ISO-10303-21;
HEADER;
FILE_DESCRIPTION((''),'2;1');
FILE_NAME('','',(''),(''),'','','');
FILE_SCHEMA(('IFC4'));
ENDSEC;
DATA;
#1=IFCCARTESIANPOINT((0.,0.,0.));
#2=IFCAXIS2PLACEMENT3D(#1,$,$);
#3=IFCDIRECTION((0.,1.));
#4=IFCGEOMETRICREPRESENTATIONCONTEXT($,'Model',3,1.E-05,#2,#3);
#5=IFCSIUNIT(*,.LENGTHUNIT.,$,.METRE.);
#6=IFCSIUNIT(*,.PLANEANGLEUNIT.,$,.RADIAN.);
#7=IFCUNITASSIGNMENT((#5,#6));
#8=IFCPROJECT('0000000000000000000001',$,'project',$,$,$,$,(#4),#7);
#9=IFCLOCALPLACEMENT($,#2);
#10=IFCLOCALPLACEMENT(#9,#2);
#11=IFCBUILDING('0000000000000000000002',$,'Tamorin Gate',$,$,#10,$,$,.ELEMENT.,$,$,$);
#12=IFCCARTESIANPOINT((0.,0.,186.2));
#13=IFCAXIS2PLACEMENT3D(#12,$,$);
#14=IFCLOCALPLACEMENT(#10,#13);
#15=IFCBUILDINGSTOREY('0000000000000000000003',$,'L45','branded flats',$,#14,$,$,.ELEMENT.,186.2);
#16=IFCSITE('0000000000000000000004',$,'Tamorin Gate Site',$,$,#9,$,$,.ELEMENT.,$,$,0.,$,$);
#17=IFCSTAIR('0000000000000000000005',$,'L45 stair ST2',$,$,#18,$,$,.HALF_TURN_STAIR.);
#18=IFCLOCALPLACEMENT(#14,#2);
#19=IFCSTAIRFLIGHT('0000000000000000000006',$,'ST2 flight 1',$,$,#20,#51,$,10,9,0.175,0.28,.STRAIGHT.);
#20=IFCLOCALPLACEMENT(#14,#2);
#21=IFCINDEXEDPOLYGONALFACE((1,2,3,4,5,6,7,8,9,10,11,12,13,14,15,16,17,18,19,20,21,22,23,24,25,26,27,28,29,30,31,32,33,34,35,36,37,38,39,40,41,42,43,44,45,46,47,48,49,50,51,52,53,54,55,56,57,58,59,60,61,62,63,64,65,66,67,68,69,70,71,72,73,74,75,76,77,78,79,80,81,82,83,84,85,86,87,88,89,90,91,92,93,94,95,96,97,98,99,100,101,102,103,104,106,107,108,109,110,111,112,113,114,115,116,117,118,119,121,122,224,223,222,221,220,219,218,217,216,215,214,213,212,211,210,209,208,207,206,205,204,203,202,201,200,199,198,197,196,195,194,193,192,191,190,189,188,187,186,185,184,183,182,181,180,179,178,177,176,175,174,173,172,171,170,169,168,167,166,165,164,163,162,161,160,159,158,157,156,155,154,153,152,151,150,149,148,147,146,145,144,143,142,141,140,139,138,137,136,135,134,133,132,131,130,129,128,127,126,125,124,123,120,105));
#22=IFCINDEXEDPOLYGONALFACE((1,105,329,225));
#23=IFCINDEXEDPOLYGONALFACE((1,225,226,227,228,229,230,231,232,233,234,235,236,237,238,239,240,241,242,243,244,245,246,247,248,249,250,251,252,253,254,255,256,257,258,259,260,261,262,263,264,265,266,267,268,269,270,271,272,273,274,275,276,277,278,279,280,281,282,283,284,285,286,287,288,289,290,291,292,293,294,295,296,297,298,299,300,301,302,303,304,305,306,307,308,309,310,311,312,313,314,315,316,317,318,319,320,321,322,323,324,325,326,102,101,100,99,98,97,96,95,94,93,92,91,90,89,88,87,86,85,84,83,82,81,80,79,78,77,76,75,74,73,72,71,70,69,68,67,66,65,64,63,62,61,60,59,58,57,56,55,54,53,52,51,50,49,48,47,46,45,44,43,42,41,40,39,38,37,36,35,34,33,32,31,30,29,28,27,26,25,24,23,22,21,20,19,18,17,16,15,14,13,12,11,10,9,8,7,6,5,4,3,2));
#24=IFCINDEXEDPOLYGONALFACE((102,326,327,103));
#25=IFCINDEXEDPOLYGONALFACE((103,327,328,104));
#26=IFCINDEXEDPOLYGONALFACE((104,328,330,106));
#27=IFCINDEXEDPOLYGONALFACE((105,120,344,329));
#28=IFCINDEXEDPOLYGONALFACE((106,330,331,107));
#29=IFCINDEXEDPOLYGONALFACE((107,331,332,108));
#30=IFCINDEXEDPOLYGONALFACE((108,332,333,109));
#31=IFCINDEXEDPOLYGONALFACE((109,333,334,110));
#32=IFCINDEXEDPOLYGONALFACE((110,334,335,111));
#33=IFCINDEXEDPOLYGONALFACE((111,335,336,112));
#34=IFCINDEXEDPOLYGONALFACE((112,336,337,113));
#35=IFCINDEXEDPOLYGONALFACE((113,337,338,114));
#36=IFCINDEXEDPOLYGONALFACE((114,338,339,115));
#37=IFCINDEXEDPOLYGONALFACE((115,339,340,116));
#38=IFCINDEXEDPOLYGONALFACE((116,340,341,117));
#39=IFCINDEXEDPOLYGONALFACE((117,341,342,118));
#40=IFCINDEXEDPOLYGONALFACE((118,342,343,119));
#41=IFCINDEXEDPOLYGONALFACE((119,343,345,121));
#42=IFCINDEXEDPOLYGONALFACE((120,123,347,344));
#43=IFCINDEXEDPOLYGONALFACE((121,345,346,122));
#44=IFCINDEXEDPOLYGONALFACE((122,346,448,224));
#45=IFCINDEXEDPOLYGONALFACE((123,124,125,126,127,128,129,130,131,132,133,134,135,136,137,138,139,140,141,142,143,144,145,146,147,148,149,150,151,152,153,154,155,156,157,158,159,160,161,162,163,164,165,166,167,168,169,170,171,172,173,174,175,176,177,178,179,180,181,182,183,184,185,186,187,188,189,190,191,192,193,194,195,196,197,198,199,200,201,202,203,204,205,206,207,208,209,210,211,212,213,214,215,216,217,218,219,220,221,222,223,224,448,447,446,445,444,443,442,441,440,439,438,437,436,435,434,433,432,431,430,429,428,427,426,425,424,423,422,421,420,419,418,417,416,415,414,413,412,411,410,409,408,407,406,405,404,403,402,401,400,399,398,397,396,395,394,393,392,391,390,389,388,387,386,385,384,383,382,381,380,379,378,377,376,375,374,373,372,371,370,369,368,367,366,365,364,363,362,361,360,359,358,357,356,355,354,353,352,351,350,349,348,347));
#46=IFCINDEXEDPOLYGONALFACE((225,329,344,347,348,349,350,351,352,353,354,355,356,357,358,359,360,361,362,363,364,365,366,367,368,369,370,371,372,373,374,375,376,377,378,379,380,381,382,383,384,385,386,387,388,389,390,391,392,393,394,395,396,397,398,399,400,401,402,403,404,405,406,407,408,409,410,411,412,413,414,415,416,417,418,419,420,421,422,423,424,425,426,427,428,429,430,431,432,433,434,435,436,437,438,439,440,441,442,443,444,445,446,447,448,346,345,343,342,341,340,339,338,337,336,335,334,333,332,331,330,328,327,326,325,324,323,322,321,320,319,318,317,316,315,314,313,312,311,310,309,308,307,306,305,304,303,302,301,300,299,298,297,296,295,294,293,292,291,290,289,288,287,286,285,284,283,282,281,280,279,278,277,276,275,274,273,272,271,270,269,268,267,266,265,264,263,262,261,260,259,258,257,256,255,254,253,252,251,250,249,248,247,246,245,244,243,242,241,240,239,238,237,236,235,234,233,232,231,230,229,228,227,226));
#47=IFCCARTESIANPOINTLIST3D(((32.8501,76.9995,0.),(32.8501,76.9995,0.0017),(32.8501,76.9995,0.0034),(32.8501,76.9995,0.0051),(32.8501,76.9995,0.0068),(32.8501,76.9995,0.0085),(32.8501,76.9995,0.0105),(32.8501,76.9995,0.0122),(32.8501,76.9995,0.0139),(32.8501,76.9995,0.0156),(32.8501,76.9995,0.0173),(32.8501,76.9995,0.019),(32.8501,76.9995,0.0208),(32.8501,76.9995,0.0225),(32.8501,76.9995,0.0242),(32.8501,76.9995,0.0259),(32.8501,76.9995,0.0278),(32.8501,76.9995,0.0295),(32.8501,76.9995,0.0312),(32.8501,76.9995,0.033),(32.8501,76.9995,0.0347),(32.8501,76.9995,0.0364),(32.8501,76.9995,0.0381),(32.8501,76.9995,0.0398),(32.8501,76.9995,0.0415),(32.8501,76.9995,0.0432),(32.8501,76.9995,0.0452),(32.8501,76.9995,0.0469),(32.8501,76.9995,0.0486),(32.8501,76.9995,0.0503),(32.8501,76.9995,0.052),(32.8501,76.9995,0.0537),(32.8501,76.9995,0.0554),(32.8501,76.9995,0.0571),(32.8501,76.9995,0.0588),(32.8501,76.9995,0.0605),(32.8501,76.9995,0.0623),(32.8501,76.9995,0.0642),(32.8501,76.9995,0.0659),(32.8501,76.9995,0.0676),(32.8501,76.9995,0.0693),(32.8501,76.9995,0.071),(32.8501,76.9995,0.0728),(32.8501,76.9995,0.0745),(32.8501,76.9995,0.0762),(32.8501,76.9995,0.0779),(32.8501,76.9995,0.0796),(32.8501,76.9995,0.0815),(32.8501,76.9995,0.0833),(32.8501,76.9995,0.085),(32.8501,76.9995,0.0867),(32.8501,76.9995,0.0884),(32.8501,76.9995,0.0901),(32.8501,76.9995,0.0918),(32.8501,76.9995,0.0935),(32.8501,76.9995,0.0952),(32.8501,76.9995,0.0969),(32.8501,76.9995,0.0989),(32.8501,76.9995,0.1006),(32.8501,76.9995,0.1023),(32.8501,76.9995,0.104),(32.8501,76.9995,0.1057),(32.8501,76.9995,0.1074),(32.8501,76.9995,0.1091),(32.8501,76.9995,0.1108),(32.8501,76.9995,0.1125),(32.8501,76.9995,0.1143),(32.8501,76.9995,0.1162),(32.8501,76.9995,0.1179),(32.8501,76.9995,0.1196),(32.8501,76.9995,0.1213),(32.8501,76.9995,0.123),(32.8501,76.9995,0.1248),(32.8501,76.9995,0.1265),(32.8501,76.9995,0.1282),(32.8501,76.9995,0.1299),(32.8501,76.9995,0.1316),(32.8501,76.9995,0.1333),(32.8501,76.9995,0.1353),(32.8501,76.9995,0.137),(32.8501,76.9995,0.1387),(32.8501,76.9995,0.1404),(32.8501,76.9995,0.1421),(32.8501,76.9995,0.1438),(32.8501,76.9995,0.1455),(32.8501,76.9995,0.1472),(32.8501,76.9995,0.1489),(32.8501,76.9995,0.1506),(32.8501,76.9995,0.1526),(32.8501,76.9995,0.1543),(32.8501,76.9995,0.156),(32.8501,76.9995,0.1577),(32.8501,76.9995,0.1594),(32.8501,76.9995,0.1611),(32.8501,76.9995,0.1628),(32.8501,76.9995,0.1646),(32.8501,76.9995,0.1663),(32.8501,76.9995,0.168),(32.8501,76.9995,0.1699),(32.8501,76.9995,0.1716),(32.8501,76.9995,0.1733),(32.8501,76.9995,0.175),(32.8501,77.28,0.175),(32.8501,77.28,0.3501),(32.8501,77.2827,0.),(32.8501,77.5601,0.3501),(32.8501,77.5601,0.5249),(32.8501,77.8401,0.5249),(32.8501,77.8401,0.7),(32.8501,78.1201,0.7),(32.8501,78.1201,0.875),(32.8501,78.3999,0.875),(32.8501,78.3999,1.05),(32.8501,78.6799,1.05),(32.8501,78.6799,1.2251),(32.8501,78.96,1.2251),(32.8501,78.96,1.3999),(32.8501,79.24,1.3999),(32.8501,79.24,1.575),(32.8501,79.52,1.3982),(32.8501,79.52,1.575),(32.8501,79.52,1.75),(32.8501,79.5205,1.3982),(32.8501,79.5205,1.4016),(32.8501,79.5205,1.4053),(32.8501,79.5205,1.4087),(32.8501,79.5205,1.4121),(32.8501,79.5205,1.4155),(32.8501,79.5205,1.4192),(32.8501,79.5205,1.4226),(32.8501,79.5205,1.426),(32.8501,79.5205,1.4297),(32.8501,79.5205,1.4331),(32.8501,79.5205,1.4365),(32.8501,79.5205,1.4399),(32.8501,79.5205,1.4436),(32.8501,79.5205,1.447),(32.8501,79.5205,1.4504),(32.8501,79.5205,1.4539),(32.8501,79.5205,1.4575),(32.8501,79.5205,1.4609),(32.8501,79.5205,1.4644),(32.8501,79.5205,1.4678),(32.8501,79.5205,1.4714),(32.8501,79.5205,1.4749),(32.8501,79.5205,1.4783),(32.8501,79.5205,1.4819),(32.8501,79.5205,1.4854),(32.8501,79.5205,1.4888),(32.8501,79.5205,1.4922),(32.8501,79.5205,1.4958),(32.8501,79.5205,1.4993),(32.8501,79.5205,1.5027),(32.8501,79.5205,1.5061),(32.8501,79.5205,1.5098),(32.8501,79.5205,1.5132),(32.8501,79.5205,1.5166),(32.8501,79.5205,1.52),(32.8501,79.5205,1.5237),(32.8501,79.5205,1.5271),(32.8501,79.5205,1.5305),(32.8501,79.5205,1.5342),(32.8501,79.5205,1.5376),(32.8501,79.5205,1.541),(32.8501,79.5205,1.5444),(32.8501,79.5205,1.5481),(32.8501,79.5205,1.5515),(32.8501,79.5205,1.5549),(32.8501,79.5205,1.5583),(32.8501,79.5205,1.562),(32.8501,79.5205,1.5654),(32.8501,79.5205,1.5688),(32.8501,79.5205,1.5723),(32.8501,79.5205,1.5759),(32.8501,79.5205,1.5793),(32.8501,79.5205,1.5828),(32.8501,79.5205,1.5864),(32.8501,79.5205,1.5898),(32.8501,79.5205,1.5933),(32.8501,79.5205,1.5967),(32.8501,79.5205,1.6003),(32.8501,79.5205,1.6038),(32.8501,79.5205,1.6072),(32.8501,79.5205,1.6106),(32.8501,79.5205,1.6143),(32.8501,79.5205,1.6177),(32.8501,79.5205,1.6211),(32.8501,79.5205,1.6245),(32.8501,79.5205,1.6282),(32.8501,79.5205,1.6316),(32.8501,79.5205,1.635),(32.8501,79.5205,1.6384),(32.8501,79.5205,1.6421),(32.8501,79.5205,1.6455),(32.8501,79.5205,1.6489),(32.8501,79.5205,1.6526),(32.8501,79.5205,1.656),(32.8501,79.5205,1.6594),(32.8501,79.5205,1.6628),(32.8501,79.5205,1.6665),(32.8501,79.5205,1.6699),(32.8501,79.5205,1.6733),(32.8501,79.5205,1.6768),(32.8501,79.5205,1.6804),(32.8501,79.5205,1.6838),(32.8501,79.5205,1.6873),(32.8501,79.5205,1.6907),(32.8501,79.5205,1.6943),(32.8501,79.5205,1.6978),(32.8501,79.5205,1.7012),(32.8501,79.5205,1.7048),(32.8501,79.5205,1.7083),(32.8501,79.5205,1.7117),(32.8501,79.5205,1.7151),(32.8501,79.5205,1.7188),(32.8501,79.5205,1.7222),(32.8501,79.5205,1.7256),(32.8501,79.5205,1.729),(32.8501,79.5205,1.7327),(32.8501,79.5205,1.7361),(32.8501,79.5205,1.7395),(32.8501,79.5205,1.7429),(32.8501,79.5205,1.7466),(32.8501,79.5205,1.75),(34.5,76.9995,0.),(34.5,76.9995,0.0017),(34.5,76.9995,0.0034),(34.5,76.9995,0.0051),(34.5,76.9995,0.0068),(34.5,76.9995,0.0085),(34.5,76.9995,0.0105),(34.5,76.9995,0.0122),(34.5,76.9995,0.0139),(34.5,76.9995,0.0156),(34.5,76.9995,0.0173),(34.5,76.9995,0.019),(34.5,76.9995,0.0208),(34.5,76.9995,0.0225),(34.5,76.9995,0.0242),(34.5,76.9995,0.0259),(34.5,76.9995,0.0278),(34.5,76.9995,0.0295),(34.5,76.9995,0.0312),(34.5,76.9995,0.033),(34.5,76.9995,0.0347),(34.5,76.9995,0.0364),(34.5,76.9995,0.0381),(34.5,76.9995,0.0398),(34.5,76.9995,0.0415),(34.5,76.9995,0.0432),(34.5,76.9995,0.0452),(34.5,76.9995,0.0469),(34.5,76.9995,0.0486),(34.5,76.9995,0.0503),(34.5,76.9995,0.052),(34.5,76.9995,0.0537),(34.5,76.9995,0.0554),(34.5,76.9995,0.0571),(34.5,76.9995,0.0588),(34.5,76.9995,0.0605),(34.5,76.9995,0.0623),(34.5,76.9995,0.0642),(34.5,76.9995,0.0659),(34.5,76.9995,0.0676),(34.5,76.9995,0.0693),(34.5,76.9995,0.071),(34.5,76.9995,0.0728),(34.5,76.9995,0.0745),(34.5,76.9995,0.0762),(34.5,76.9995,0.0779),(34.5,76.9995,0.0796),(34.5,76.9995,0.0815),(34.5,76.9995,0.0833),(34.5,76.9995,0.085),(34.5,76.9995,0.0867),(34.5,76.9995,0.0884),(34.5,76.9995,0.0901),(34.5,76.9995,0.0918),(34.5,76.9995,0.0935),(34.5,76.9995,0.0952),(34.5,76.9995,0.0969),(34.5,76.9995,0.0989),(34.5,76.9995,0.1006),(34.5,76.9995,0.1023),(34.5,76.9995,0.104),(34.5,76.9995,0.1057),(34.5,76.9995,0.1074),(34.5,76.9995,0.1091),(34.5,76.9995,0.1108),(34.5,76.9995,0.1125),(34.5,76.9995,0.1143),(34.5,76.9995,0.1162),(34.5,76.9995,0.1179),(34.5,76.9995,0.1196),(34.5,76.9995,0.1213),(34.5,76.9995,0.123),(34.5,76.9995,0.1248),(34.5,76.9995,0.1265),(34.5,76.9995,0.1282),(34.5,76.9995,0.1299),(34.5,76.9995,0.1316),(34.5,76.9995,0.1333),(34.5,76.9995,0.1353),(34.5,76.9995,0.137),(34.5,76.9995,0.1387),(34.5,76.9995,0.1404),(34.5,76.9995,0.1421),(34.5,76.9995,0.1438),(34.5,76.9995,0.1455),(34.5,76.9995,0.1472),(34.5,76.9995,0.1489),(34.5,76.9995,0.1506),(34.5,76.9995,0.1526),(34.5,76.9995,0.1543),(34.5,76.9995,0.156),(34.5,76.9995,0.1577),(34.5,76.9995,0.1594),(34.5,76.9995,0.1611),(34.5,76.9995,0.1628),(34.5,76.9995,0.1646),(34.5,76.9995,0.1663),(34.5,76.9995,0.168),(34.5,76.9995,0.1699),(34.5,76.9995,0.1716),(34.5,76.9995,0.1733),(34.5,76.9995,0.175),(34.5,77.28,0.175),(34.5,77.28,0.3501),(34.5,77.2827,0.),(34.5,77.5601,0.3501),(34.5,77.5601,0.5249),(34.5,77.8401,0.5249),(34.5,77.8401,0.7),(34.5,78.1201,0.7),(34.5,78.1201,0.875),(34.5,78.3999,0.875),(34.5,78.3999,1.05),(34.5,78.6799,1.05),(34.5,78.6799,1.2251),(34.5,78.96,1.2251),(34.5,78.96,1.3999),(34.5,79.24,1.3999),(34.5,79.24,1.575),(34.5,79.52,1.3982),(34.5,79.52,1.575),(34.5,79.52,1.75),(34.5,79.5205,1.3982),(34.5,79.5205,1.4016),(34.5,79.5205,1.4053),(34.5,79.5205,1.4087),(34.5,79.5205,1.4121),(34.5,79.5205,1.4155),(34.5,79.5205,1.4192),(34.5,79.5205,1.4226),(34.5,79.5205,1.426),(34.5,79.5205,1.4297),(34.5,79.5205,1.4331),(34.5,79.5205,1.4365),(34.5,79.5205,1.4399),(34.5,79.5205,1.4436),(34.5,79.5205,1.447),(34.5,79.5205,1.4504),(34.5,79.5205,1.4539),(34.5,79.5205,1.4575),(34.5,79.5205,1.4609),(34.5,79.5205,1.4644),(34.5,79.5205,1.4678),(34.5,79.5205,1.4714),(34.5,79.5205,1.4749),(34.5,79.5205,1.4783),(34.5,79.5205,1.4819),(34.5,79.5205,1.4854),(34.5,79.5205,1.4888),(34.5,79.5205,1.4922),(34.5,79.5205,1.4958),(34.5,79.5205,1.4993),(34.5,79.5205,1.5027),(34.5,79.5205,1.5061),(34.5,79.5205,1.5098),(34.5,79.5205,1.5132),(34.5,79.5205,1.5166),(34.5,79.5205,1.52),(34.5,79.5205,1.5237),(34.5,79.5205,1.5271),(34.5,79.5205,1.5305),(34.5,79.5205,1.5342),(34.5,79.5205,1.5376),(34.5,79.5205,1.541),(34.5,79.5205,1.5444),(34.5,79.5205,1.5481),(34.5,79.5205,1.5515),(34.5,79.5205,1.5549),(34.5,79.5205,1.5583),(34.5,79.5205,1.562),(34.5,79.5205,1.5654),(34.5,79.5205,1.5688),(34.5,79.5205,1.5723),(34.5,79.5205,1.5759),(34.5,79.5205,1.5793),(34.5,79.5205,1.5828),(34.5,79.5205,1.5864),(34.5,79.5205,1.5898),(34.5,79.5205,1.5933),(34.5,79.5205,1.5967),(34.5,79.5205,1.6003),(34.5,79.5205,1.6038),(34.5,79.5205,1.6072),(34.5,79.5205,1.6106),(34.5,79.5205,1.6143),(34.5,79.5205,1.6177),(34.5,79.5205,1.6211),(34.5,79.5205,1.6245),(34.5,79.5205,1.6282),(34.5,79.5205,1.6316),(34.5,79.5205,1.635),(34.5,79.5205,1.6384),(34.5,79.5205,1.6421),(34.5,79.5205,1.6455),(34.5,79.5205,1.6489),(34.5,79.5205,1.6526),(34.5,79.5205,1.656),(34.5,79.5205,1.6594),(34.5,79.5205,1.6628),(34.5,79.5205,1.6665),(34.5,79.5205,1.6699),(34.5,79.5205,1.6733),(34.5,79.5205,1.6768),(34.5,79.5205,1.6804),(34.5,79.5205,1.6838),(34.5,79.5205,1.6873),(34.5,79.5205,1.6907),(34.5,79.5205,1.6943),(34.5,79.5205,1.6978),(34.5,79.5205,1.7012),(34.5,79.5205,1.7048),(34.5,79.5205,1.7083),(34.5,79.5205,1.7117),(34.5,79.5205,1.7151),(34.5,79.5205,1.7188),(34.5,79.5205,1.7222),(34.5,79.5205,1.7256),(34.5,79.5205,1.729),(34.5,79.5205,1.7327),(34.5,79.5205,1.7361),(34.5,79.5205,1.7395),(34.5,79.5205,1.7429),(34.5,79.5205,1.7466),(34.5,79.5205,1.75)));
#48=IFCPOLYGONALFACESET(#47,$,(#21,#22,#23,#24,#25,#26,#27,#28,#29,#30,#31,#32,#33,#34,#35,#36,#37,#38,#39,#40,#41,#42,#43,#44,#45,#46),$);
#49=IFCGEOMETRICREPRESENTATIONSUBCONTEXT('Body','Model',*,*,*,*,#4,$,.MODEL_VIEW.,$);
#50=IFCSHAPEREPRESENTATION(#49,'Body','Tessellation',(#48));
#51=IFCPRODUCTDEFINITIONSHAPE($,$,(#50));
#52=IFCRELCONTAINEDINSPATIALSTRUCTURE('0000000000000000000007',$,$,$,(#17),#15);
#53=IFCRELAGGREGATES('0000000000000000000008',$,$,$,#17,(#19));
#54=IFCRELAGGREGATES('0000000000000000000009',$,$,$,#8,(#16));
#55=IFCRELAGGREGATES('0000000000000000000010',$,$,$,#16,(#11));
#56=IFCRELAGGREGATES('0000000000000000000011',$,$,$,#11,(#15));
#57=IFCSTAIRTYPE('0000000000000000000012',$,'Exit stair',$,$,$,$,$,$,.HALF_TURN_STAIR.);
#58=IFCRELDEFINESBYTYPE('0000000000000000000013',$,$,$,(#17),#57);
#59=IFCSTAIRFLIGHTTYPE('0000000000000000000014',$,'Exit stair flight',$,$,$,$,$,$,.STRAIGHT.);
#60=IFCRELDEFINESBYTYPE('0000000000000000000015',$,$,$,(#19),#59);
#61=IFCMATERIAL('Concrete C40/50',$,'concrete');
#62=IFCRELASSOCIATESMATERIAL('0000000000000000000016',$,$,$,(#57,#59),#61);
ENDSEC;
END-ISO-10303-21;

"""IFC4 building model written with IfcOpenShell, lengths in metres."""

from ifc_helpers import new_model, si_unit, direction, frame, origin, place, context, subcontext, project, spatial, polyline, outline, extrude, material, type_object, element, aggregate, save


model = new_model("IFC4")

# Units and contexts
model_context = context("Model", 3, precision=1e-05, world=origin(), true_north=direction((0.0, 1.0)))
body_context = subcontext(model_context, "Body", "Model", "MODEL_VIEW")
ifc_project = project(units=[si_unit("LENGTHUNIT", "METRE"), si_unit("PLANEANGLEUNIT", "RADIAN")], contexts=[model_context])

# Site, building, storey
site_placement = place(None, origin())
site = spatial("IfcSite", under=ifc_project, at=site_placement, Name="Tamorin Gate Site", CompositionType="ELEMENT", RefElevation=0.0)
building_placement = place(site_placement, origin())
building = spatial("IfcBuilding", under=site, at=building_placement, Name="Tamorin Gate", CompositionType="ELEMENT")
storey_placement = place(building_placement, frame((0.0, 0.0, 186.2)))
storey = spatial("IfcBuildingStorey", under=building, at=storey_placement, Name="L45", Description="branded flats", CompositionType="ELEMENT", Elevation=186.2)

# Shared definitions
ifc_material_1 = material(Name="Concrete C40/50", Category="concrete")

# Shared definitions
stair_type = type_object("IfcStairType", Name="Exit stair", PredefinedType="HALF_TURN_STAIR", material=ifc_material_1)
stair_flight_type = type_object("IfcStairFlightType", Name="Exit stair flight", PredefinedType="STRAIGHT", material=ifc_material_1)

# Stair, stair flight
stair_1_placement = place(storey_placement, origin())
stair_1 = element("IfcStair", 1, at=stair_1_placement, inside=storey, type_object=stair_type, Name="L45 stair ST2", PredefinedType="HALF_TURN_STAIR")
stair_flight_1_placement = place(storey_placement, frame((33.675, 77.0, 0.0), z_axis=(0.0, 0.0, 1.0), x_axis=(0.0, 1.0, 0.0)))
stair_flight_1 = element("IfcStairFlight", 2, at=stair_flight_1_placement, type_object=stair_flight_type, Name="ST2 flight 1", NumberOfRisers=10, NumberOfTreads=9, PredefinedType="STRAIGHT", RiserHeight=0.175, TreadLength=0.28, context=body_context, shape_type="SweptSolid", body=[
    extrude(outline(polyline([(-0.0005, 0.0), (-0.0005, 0.0017), (-0.0005, 0.0034), (-0.0005, 0.0051), (-0.0005, 0.0068), (-0.0005, 0.0085), (-0.0005, 0.0105), (-0.0005, 0.0122), (-0.0005, 0.0139), (-0.0005, 0.0156), (-0.0005, 0.0173), (-0.0005, 0.019), (-0.0005, 0.0208), (-0.0005, 0.0225), (-0.0005, 0.0242), (-0.0005, 0.0259), (-0.0005, 0.0278), (-0.0005, 0.0295), (-0.0005, 0.0312), (-0.0005, 0.033), (-0.0005, 0.0347), (-0.0005, 0.0364), (-0.0005, 0.0381), (-0.0005, 0.0398), (-0.0005, 0.0415), (-0.0005, 0.0432), (-0.0005, 0.0452), (-0.0005, 0.0469), (-0.0005, 0.0486), (-0.0005, 0.0503), (-0.0005, 0.052), (-0.0005, 0.0537), (-0.0005, 0.0554), (-0.0005, 0.0571), (-0.0005, 0.0588), (-0.0005, 0.0605), (-0.0005, 0.0623), (-0.0005, 0.0642), (-0.0005, 0.0659), (-0.0005, 0.0676), (-0.0005, 0.0693), (-0.0005, 0.071), (-0.0005, 0.0728), (-0.0005, 0.0745), (-0.0005, 0.0762), (-0.0005, 0.0779), (-0.0005, 0.0796), (-0.0005, 0.0815), (-0.0005, 0.0833), (-0.0005, 0.085), (-0.0005, 0.0867), (-0.0005, 0.0884), (-0.0005, 0.0901), (-0.0005, 0.0918), (-0.0005, 0.0935), (-0.0005, 0.0952), (-0.0005, 0.0969), (-0.0005, 0.0989), (-0.0005, 0.1006), (-0.0005, 0.1023), (-0.0005, 0.104), (-0.0005, 0.1057), (-0.0005, 0.1074), (-0.0005, 0.1091), (-0.0005, 0.1108), (-0.0005, 0.1125), (-0.0005, 0.1143), (-0.0005, 0.1162), (-0.0005, 0.1179), (-0.0005, 0.1196), (-0.0005, 0.1213), (-0.0005, 0.123), (-0.0005, 0.1248), (-0.0005, 0.1265), (-0.0005, 0.1282), (-0.0005, 0.1299), (-0.0005, 0.1316), (-0.0005, 0.1333), (-0.0005, 0.1353), (-0.0005, 0.137), (-0.0005, 0.1387), (-0.0005, 0.1404), (-0.0005, 0.1421), (-0.0005, 0.1438), (-0.0005, 0.1455), (-0.0005, 0.1472), (-0.0005, 0.1489), (-0.0005, 0.1506), (-0.0005, 0.1526), (-0.0005, 0.1543), (-0.0005, 0.156), (-0.0005, 0.1577), (-0.0005, 0.1594), (-0.0005, 0.1611), (-0.0005, 0.1628), (-0.0005, 0.1646), (-0.0005, 0.1663), (-0.0005, 0.168), (-0.0005, 0.1699), (-0.0005, 0.1716), (-0.0005, 0.1733), (-0.0005, 0.175), (0.28, 0.175), (0.28, 0.3501), (0.5601, 0.3501), (0.5601, 0.5249), (0.8401, 0.5249), (0.8401, 0.7), (1.1201, 0.7), (1.1201, 0.875), (1.3999, 0.875), (1.3999, 1.05), (1.6799, 1.05), (1.6799, 1.2251), (1.96, 1.2251), (1.96, 1.3999), (2.24, 1.3999), (2.24, 1.575), (2.52, 1.575), (2.52, 1.75), (2.5205, 1.75), (2.5205, 1.7466), (2.5205, 1.7429), (2.5205, 1.7395), (2.5205, 1.7361), (2.5205, 1.7327), (2.5205, 1.729), (2.5205, 1.7256), (2.5205, 1.7222), (2.5205, 1.7188), (2.5205, 1.7151), (2.5205, 1.7117), (2.5205, 1.7083), (2.5205, 1.7048), (2.5205, 1.7012), (2.5205, 1.6978), (2.5205, 1.6943), (2.5205, 1.6907), (2.5205, 1.6873), (2.5205, 1.6838), (2.5205, 1.6804), (2.5205, 1.6768), (2.5205, 1.6733), (2.5205, 1.6699), (2.5205, 1.6665), (2.5205, 1.6628), (2.5205, 1.6594), (2.5205, 1.656), (2.5205, 1.6526), (2.5205, 1.6489), (2.5205, 1.6455), (2.5205, 1.6421), (2.5205, 1.6384), (2.5205, 1.635), (2.5205, 1.6316), (2.5205, 1.6282), (2.5205, 1.6245), (2.5205, 1.6211), (2.5205, 1.6177), (2.5205, 1.6143), (2.5205, 1.6106), (2.5205, 1.6072), (2.5205, 1.6038), (2.5205, 1.6003), (2.5205, 1.5967), (2.5205, 1.5933), (2.5205, 1.5898), (2.5205, 1.5864), (2.5205, 1.5828), (2.5205, 1.5793), (2.5205, 1.5759), (2.5205, 1.5723), (2.5205, 1.5688), (2.5205, 1.5654), (2.5205, 1.562), (2.5205, 1.5583), (2.5205, 1.5549), (2.5205, 1.5515), (2.5205, 1.5481), (2.5205, 1.5444), (2.5205, 1.541), (2.5205, 1.5376), (2.5205, 1.5342), (2.5205, 1.5305), (2.5205, 1.5271), (2.5205, 1.5237), (2.5205, 1.52), (2.5205, 1.5166), (2.5205, 1.5132), (2.5205, 1.5098), (2.5205, 1.5061), (2.5205, 1.5027), (2.5205, 1.4993), (2.5205, 1.4958), (2.5205, 1.4922), (2.5205, 1.4888), (2.5205, 1.4854), (2.5205, 1.4819), (2.5205, 1.4783), (2.5205, 1.4749), (2.5205, 1.4714), (2.5205, 1.4678), (2.5205, 1.4644), (2.5205, 1.4609), (2.5205, 1.4575), (2.5205, 1.4539), (2.5205, 1.4504), (2.5205, 1.447), (2.5205, 1.4436), (2.5205, 1.4399), (2.5205, 1.4365), (2.5205, 1.4331), (2.5205, 1.4297), (2.5205, 1.426), (2.5205, 1.4226), (2.5205, 1.4192), (2.5205, 1.4155), (2.5205, 1.4121), (2.5205, 1.4087), (2.5205, 1.4053), (2.5205, 1.4016), (2.5205, 1.3982), (2.52, 1.3982), (0.2827, 0.0), (-0.0005, 0.0)])), frame((0.0, 0.825, 0.0), z_axis=(0.0, -1.0, 0.0), x_axis=(1.0, 0.0, 0.0)), (0.0, 0.0, 1.0), 1.6499),
])
aggregate(stair_1, [stair_flight_1])

save(model, "model.ifc")
